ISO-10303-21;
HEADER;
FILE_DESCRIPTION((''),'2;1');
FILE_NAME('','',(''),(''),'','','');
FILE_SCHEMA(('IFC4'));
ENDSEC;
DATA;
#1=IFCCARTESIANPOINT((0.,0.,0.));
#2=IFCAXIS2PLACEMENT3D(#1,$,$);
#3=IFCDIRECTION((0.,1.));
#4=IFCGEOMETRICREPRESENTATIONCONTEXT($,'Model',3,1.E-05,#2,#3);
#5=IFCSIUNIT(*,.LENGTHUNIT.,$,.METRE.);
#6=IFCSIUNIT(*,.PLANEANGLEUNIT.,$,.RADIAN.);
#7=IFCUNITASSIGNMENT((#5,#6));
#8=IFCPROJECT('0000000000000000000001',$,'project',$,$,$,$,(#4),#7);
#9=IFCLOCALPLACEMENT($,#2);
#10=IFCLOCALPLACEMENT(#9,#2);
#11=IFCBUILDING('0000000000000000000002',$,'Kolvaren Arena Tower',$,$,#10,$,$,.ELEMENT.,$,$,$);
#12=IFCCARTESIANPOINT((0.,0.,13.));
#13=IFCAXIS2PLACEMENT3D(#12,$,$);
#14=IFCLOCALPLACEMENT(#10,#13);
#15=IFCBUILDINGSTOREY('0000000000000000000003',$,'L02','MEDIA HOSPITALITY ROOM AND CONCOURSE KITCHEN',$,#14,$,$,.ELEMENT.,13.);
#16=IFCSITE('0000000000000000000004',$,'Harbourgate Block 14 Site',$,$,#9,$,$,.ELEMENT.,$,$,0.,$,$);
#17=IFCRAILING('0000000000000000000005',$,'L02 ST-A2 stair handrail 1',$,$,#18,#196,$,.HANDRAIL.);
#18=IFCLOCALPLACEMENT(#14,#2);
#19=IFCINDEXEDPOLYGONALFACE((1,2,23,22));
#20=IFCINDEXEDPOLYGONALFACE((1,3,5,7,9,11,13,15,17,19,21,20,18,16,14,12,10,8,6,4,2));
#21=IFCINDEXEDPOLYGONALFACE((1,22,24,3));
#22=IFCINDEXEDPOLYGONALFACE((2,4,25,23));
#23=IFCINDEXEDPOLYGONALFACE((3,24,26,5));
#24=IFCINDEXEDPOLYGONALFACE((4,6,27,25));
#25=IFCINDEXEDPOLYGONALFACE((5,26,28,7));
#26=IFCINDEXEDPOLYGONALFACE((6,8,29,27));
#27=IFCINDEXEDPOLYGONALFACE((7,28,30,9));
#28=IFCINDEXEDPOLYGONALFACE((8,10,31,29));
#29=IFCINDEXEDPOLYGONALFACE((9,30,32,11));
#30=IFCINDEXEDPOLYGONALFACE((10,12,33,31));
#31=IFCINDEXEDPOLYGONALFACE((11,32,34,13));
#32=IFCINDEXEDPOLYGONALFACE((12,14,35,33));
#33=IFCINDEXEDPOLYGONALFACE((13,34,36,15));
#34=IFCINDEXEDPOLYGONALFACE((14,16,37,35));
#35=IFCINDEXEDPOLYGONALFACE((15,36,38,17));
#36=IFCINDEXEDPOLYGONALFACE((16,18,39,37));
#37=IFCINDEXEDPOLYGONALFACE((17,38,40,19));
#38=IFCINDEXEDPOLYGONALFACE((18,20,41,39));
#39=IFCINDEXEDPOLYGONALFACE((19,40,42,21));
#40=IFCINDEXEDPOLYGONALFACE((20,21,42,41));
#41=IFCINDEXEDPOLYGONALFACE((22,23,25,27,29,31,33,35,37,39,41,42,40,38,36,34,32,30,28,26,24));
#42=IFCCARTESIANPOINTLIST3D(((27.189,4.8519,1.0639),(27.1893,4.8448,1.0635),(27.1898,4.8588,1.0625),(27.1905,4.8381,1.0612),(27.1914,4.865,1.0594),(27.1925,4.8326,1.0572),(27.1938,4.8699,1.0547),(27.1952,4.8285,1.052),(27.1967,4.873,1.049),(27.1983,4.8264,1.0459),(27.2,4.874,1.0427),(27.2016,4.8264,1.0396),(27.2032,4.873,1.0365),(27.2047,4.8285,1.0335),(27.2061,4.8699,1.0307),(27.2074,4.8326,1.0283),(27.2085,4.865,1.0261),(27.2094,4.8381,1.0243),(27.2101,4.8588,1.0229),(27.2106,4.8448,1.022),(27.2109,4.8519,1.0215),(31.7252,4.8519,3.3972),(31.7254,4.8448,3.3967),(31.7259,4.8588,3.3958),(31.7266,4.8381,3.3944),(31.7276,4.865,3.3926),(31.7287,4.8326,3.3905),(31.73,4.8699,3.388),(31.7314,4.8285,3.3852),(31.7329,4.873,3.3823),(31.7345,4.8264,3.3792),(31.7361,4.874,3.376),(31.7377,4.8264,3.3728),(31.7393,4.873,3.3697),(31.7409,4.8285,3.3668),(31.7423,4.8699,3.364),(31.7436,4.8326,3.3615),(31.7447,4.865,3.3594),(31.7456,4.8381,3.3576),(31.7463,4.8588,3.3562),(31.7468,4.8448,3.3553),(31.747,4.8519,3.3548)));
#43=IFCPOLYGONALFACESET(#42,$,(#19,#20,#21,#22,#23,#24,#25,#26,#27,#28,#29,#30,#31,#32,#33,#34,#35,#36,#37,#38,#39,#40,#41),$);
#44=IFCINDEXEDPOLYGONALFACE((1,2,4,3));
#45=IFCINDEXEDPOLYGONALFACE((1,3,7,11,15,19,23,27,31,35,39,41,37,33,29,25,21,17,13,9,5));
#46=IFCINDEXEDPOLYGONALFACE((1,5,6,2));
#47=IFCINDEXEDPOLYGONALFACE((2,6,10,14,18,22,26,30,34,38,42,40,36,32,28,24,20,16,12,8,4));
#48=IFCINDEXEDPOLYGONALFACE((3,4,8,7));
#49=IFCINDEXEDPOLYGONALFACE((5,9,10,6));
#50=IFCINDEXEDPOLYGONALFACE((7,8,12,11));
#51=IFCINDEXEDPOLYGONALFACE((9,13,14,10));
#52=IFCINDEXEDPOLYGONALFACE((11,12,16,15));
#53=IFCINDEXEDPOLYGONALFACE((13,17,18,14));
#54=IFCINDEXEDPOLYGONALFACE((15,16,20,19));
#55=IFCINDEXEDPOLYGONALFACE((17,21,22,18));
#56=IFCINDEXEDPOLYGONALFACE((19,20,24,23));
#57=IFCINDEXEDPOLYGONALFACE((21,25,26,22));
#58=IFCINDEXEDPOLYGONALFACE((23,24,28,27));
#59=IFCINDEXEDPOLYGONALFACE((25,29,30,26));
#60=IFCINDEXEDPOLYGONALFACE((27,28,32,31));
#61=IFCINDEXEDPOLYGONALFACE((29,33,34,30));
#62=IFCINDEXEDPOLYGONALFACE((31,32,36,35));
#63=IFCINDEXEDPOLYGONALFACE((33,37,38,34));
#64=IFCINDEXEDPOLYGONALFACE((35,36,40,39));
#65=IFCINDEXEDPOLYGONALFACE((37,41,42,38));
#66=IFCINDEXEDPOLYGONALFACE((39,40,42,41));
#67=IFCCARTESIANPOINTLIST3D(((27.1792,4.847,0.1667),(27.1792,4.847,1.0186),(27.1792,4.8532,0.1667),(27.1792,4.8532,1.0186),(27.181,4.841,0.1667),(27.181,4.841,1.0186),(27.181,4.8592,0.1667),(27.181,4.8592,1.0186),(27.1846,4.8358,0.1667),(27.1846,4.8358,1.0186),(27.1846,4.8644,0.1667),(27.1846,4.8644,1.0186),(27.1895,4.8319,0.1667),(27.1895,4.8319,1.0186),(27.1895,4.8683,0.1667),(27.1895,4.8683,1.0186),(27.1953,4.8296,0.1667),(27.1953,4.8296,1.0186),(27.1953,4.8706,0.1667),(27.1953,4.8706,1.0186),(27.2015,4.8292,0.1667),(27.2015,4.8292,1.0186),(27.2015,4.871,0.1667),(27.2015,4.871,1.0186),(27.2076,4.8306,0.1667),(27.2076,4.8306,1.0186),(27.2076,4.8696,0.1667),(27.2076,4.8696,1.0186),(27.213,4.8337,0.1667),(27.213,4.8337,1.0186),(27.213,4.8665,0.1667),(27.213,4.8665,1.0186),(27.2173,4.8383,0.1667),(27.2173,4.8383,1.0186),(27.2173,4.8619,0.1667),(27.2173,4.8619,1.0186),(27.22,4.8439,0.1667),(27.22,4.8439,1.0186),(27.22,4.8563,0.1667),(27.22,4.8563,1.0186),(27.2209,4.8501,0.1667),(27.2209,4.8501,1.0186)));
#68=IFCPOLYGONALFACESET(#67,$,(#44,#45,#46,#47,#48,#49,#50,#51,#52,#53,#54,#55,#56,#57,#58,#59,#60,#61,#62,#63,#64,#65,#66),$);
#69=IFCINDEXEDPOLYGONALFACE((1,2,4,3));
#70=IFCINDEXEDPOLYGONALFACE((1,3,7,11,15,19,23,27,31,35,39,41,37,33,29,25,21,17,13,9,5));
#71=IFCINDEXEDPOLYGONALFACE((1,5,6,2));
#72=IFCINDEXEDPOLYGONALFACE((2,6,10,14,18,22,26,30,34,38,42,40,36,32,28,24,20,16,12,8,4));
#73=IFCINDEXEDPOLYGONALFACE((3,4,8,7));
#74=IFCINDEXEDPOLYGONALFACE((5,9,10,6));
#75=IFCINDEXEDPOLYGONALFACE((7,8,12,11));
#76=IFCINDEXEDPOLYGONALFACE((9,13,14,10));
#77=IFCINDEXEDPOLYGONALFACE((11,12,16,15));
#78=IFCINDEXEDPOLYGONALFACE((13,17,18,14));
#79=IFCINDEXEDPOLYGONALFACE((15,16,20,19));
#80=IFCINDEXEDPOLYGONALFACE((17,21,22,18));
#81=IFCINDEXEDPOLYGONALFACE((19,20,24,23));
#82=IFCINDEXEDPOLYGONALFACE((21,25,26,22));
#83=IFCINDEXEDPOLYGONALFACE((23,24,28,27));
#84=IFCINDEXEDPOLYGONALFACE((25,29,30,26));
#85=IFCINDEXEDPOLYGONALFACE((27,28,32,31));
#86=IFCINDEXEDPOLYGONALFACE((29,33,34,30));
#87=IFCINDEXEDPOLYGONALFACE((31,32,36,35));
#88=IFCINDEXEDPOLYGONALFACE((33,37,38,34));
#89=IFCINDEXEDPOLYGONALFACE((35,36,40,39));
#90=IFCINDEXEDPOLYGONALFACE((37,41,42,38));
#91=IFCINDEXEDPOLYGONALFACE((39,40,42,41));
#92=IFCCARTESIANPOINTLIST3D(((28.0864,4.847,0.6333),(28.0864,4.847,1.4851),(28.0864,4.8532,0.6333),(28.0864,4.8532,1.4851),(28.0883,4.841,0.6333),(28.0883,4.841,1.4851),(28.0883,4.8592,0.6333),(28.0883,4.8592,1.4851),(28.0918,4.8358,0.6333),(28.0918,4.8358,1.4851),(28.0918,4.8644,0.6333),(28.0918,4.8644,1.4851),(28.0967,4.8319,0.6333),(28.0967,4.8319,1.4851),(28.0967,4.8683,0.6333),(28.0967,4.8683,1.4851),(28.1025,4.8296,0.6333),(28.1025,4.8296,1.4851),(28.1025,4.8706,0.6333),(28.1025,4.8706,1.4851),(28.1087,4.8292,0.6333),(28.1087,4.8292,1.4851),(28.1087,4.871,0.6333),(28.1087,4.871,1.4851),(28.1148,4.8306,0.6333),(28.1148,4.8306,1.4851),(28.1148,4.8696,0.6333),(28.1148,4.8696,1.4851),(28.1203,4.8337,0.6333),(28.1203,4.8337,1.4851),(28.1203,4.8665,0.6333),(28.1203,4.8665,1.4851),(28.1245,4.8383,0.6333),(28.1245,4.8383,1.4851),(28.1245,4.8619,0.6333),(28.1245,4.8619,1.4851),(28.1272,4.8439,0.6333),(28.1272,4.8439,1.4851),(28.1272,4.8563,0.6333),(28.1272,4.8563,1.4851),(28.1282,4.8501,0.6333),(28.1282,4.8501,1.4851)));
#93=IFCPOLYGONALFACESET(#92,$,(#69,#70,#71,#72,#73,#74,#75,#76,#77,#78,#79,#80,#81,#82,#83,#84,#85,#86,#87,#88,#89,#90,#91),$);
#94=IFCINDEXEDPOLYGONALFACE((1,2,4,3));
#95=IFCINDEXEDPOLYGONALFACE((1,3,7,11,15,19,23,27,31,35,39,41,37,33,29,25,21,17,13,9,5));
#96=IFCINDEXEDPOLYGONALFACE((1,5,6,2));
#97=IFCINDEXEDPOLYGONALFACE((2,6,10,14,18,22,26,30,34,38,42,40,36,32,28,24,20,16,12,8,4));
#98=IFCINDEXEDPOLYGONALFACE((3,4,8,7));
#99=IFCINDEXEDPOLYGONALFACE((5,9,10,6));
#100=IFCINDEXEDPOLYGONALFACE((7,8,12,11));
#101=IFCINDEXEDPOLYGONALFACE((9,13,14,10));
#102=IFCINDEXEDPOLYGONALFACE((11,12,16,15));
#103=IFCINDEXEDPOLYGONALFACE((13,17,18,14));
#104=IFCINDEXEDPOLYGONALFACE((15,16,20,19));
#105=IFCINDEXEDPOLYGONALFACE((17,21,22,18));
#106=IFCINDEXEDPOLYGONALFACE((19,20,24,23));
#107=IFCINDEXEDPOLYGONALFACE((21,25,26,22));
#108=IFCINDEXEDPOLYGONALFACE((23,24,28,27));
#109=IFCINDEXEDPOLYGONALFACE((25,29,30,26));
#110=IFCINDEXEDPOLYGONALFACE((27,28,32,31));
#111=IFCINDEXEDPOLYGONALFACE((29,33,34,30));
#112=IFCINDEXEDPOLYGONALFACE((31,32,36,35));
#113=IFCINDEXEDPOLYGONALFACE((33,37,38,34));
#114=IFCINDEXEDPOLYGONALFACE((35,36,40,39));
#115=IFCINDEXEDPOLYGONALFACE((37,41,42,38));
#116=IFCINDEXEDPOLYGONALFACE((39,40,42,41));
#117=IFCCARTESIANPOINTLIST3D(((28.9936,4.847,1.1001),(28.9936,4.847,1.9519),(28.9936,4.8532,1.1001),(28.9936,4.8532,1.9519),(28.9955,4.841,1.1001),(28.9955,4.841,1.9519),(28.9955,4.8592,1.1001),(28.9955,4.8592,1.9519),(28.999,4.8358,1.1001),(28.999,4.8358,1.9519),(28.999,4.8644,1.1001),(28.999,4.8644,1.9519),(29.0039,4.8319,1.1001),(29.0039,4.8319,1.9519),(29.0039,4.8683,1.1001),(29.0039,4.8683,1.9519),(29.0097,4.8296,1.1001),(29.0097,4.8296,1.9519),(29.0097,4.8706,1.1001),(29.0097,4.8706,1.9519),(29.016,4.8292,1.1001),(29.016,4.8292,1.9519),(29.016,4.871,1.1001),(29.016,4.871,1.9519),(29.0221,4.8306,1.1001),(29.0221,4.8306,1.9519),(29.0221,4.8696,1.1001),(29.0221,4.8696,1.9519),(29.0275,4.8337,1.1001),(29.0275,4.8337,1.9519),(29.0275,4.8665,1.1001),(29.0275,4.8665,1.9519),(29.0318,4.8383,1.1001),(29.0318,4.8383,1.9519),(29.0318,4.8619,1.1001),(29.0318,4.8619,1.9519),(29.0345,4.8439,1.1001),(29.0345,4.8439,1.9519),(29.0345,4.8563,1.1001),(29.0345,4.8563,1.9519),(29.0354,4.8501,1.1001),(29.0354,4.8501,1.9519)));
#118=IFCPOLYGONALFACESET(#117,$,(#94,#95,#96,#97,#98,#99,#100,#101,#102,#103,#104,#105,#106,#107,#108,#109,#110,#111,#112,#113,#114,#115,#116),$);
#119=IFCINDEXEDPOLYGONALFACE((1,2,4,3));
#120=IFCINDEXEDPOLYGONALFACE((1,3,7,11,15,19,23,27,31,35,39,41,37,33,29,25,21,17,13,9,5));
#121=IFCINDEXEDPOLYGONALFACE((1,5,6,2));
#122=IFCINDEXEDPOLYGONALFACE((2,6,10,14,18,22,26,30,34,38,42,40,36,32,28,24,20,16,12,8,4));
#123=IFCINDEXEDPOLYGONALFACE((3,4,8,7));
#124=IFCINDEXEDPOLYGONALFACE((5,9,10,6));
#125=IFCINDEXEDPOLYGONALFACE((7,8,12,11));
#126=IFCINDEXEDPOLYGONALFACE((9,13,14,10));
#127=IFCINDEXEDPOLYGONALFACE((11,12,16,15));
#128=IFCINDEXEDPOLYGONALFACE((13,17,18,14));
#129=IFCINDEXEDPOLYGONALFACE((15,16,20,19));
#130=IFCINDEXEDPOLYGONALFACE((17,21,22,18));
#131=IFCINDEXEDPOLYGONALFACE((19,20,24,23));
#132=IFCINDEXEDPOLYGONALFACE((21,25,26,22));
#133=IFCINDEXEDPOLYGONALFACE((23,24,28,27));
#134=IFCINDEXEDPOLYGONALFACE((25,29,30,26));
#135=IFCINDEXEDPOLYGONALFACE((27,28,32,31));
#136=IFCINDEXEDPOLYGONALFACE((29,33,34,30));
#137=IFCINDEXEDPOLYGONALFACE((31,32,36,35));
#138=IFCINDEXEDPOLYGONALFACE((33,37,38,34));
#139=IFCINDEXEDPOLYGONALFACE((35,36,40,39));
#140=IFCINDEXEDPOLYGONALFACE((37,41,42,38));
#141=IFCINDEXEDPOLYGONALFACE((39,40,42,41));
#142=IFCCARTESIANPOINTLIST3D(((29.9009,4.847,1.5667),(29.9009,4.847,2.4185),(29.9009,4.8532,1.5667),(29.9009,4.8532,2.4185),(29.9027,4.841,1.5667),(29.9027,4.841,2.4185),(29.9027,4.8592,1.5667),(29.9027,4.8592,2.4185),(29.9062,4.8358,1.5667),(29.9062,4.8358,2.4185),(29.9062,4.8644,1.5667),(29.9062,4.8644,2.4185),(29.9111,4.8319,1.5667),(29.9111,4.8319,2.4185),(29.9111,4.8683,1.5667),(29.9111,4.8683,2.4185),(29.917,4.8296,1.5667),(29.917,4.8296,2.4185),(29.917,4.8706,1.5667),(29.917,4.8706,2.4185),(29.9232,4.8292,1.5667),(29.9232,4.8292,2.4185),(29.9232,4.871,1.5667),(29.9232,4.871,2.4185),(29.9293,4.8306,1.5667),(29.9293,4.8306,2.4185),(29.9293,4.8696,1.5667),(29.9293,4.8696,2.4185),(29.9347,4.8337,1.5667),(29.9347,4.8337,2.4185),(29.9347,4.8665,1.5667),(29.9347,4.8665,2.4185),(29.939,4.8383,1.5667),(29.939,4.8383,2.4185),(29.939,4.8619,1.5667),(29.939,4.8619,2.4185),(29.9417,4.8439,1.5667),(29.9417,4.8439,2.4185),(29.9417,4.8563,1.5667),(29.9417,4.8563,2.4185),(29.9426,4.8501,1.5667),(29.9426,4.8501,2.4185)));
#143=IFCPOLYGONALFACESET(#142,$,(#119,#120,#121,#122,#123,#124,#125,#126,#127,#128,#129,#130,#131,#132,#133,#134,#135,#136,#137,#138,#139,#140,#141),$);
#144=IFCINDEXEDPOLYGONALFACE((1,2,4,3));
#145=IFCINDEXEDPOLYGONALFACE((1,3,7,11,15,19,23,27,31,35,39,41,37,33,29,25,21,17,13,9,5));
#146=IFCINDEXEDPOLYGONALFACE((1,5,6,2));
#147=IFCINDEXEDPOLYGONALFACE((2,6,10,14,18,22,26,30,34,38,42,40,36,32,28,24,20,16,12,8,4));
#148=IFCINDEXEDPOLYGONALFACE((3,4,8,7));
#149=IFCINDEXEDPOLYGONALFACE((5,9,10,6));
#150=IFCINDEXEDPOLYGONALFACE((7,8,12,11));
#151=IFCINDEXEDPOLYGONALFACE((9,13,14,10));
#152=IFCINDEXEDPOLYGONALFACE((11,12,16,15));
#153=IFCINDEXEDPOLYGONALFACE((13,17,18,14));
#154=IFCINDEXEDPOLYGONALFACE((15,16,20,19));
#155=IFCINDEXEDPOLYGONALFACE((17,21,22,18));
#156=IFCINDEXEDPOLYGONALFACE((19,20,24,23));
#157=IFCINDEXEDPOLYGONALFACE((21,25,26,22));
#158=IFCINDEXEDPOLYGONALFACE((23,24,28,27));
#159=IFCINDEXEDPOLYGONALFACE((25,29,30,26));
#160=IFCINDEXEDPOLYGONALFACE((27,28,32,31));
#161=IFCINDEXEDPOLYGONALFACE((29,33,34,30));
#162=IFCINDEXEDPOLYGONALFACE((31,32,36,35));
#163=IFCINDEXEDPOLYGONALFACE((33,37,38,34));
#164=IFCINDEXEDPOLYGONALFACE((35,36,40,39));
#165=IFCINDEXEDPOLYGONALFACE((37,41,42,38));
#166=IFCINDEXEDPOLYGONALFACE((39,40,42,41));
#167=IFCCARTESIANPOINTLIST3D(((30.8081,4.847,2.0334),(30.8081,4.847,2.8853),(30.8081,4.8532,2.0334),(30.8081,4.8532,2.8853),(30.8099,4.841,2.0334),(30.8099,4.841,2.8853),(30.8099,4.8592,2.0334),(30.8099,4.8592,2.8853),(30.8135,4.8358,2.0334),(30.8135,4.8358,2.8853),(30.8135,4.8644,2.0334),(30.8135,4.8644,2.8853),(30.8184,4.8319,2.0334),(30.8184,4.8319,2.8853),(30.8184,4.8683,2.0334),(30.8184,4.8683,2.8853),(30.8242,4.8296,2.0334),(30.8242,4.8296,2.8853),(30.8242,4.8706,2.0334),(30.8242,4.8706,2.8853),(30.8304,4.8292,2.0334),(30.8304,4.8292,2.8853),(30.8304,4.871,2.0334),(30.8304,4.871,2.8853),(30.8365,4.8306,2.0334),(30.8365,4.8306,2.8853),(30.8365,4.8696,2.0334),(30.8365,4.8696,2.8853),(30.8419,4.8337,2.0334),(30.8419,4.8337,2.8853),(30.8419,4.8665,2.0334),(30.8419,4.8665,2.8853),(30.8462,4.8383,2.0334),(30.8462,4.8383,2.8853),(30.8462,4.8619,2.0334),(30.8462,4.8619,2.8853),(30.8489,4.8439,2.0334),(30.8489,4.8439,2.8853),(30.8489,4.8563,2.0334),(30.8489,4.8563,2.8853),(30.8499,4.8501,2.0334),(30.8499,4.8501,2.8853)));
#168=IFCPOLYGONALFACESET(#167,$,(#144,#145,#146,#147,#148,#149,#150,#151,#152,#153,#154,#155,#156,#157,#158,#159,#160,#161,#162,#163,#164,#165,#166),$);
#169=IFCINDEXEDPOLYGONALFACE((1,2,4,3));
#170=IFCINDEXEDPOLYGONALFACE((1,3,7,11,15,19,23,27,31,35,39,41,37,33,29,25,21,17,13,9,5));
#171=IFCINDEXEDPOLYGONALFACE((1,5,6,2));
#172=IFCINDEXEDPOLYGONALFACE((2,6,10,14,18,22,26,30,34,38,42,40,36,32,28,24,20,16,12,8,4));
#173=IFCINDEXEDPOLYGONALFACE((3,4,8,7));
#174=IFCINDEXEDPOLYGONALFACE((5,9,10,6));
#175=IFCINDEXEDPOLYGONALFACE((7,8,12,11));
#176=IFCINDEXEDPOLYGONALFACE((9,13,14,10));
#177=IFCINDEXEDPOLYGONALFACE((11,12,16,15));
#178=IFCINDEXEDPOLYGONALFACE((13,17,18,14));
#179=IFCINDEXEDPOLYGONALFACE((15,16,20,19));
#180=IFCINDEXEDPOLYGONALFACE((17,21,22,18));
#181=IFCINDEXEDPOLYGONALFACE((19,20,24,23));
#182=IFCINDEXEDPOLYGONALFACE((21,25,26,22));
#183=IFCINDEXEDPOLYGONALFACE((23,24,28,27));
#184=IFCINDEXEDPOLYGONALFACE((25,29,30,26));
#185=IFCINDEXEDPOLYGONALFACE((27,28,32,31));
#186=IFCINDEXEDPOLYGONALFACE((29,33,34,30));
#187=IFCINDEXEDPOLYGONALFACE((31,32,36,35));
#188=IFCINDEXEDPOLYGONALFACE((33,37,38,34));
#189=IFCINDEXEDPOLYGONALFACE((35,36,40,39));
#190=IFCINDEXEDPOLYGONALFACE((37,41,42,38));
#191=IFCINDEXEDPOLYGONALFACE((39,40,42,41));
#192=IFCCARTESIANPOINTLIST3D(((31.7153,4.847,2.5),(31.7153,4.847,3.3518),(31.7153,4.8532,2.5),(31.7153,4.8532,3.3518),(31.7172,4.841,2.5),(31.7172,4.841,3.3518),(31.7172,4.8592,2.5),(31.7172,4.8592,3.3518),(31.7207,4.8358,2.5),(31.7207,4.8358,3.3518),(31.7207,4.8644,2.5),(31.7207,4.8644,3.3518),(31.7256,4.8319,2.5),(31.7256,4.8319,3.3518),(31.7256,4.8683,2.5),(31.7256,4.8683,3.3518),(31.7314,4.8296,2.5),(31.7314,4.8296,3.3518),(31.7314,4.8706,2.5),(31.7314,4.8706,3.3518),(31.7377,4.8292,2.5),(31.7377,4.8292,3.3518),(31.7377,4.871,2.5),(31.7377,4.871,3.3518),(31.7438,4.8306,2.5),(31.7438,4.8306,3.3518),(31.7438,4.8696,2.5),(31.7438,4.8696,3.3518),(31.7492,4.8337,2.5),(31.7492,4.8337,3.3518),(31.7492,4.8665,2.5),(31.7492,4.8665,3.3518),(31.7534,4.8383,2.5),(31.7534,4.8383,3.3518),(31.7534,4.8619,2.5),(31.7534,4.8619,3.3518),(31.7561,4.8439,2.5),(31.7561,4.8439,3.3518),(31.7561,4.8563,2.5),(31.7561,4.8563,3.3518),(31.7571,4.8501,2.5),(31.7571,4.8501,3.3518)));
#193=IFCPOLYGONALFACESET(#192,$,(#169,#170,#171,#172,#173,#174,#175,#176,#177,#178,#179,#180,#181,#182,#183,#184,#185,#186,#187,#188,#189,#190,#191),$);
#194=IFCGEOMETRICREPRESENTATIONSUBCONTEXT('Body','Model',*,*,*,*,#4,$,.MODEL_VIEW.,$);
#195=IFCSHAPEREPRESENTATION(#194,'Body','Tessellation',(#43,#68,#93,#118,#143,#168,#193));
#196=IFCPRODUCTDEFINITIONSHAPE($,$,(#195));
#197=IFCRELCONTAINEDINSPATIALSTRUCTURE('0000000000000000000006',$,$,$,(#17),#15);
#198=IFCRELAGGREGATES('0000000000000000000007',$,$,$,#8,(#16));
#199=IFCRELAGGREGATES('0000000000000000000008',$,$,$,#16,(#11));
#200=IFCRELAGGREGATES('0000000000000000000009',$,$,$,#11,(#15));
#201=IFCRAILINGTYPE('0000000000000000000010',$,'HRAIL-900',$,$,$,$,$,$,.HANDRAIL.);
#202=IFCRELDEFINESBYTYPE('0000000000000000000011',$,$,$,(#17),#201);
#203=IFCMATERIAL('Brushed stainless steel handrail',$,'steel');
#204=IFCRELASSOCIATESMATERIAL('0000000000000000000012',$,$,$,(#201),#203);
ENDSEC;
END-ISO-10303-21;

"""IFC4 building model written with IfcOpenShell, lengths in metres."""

from ifc_helpers import new_model, si_unit, direction, frame, origin, origin_2d, place, context, subcontext, project, spatial, circle, extrude, material, type_object, element, save


model = new_model("IFC4")

# Units and contexts
model_context = context("Model", 3, precision=1e-05, world=origin(), true_north=direction((0.0, 1.0)))
body_context = subcontext(model_context, "Body", "Model", "MODEL_VIEW")
ifc_project = project(units=[si_unit("LENGTHUNIT", "METRE"), si_unit("PLANEANGLEUNIT", "RADIAN")], contexts=[model_context])

# Site, building, storey
site_placement = place(None, origin())
site = spatial("IfcSite", under=ifc_project, at=site_placement, Name="Harbourgate Block 14 Site", CompositionType="ELEMENT", RefElevation=0.0)
building_placement = place(site_placement, origin())
building = spatial("IfcBuilding", under=site, at=building_placement, Name="Kolvaren Arena Tower", CompositionType="ELEMENT")
storey_placement = place(building_placement, frame((0.0, 0.0, 13.0)))
storey = spatial("IfcBuildingStorey", under=building, at=storey_placement, Name="L02", Description="MEDIA HOSPITALITY ROOM AND CONCOURSE KITCHEN", CompositionType="ELEMENT", Elevation=13.0)

# Railing
ifc_material_1 = material(Name="Brushed stainless steel handrail", Category="steel")
railing_type_1 = type_object("IfcRailingType", Name="HRAIL-900", PredefinedType="HANDRAIL", material=ifc_material_1)
railing_1_placement = place(storey_placement, frame((27.2, 4.8501, 0.1667)))
element("IfcRailing", 1, at=railing_1_placement, inside=storey, type_object=railing_type_1, Name="L02 ST-A2 stair handrail 1", PredefinedType="HANDRAIL", context=body_context, shape_type="SweptSolid", body=[
    extrude(circle(Radius=0.0239, at=origin_2d()), frame((0.0, 0.0, 0.876), z_axis=(0.889257, 0.0, 0.457407), x_axis=(0.0, 1.0, 0.0)), (0.0, 0.0, 1.0), 5.1011),
    extrude(circle(Radius=0.021, at=origin_2d()), origin(), (0.0, 0.0, 1.0), 0.8518),
    extrude(circle(Radius=0.021, at=origin_2d()), frame((0.9072, 0.0, 0.4666)), (0.0, 0.0, 1.0), 0.8518),
    extrude(circle(Radius=0.021, at=origin_2d()), frame((1.8145, 0.0, 0.9333)), (0.0, 0.0, 1.0), 0.8518),
    extrude(circle(Radius=0.021, at=origin_2d()), frame((2.7217, 0.0, 1.3999)), (0.0, 0.0, 1.0), 0.8518),
    extrude(circle(Radius=0.021, at=origin_2d()), frame((3.6289, 0.0, 1.8667)), (0.0, 0.0, 1.0), 0.8518),
    extrude(circle(Radius=0.021, at=origin_2d()), frame((4.5361, 0.0, 2.3333)), (0.0, 0.0, 1.0), 0.8518),
])

save(model, "model.ifc")
